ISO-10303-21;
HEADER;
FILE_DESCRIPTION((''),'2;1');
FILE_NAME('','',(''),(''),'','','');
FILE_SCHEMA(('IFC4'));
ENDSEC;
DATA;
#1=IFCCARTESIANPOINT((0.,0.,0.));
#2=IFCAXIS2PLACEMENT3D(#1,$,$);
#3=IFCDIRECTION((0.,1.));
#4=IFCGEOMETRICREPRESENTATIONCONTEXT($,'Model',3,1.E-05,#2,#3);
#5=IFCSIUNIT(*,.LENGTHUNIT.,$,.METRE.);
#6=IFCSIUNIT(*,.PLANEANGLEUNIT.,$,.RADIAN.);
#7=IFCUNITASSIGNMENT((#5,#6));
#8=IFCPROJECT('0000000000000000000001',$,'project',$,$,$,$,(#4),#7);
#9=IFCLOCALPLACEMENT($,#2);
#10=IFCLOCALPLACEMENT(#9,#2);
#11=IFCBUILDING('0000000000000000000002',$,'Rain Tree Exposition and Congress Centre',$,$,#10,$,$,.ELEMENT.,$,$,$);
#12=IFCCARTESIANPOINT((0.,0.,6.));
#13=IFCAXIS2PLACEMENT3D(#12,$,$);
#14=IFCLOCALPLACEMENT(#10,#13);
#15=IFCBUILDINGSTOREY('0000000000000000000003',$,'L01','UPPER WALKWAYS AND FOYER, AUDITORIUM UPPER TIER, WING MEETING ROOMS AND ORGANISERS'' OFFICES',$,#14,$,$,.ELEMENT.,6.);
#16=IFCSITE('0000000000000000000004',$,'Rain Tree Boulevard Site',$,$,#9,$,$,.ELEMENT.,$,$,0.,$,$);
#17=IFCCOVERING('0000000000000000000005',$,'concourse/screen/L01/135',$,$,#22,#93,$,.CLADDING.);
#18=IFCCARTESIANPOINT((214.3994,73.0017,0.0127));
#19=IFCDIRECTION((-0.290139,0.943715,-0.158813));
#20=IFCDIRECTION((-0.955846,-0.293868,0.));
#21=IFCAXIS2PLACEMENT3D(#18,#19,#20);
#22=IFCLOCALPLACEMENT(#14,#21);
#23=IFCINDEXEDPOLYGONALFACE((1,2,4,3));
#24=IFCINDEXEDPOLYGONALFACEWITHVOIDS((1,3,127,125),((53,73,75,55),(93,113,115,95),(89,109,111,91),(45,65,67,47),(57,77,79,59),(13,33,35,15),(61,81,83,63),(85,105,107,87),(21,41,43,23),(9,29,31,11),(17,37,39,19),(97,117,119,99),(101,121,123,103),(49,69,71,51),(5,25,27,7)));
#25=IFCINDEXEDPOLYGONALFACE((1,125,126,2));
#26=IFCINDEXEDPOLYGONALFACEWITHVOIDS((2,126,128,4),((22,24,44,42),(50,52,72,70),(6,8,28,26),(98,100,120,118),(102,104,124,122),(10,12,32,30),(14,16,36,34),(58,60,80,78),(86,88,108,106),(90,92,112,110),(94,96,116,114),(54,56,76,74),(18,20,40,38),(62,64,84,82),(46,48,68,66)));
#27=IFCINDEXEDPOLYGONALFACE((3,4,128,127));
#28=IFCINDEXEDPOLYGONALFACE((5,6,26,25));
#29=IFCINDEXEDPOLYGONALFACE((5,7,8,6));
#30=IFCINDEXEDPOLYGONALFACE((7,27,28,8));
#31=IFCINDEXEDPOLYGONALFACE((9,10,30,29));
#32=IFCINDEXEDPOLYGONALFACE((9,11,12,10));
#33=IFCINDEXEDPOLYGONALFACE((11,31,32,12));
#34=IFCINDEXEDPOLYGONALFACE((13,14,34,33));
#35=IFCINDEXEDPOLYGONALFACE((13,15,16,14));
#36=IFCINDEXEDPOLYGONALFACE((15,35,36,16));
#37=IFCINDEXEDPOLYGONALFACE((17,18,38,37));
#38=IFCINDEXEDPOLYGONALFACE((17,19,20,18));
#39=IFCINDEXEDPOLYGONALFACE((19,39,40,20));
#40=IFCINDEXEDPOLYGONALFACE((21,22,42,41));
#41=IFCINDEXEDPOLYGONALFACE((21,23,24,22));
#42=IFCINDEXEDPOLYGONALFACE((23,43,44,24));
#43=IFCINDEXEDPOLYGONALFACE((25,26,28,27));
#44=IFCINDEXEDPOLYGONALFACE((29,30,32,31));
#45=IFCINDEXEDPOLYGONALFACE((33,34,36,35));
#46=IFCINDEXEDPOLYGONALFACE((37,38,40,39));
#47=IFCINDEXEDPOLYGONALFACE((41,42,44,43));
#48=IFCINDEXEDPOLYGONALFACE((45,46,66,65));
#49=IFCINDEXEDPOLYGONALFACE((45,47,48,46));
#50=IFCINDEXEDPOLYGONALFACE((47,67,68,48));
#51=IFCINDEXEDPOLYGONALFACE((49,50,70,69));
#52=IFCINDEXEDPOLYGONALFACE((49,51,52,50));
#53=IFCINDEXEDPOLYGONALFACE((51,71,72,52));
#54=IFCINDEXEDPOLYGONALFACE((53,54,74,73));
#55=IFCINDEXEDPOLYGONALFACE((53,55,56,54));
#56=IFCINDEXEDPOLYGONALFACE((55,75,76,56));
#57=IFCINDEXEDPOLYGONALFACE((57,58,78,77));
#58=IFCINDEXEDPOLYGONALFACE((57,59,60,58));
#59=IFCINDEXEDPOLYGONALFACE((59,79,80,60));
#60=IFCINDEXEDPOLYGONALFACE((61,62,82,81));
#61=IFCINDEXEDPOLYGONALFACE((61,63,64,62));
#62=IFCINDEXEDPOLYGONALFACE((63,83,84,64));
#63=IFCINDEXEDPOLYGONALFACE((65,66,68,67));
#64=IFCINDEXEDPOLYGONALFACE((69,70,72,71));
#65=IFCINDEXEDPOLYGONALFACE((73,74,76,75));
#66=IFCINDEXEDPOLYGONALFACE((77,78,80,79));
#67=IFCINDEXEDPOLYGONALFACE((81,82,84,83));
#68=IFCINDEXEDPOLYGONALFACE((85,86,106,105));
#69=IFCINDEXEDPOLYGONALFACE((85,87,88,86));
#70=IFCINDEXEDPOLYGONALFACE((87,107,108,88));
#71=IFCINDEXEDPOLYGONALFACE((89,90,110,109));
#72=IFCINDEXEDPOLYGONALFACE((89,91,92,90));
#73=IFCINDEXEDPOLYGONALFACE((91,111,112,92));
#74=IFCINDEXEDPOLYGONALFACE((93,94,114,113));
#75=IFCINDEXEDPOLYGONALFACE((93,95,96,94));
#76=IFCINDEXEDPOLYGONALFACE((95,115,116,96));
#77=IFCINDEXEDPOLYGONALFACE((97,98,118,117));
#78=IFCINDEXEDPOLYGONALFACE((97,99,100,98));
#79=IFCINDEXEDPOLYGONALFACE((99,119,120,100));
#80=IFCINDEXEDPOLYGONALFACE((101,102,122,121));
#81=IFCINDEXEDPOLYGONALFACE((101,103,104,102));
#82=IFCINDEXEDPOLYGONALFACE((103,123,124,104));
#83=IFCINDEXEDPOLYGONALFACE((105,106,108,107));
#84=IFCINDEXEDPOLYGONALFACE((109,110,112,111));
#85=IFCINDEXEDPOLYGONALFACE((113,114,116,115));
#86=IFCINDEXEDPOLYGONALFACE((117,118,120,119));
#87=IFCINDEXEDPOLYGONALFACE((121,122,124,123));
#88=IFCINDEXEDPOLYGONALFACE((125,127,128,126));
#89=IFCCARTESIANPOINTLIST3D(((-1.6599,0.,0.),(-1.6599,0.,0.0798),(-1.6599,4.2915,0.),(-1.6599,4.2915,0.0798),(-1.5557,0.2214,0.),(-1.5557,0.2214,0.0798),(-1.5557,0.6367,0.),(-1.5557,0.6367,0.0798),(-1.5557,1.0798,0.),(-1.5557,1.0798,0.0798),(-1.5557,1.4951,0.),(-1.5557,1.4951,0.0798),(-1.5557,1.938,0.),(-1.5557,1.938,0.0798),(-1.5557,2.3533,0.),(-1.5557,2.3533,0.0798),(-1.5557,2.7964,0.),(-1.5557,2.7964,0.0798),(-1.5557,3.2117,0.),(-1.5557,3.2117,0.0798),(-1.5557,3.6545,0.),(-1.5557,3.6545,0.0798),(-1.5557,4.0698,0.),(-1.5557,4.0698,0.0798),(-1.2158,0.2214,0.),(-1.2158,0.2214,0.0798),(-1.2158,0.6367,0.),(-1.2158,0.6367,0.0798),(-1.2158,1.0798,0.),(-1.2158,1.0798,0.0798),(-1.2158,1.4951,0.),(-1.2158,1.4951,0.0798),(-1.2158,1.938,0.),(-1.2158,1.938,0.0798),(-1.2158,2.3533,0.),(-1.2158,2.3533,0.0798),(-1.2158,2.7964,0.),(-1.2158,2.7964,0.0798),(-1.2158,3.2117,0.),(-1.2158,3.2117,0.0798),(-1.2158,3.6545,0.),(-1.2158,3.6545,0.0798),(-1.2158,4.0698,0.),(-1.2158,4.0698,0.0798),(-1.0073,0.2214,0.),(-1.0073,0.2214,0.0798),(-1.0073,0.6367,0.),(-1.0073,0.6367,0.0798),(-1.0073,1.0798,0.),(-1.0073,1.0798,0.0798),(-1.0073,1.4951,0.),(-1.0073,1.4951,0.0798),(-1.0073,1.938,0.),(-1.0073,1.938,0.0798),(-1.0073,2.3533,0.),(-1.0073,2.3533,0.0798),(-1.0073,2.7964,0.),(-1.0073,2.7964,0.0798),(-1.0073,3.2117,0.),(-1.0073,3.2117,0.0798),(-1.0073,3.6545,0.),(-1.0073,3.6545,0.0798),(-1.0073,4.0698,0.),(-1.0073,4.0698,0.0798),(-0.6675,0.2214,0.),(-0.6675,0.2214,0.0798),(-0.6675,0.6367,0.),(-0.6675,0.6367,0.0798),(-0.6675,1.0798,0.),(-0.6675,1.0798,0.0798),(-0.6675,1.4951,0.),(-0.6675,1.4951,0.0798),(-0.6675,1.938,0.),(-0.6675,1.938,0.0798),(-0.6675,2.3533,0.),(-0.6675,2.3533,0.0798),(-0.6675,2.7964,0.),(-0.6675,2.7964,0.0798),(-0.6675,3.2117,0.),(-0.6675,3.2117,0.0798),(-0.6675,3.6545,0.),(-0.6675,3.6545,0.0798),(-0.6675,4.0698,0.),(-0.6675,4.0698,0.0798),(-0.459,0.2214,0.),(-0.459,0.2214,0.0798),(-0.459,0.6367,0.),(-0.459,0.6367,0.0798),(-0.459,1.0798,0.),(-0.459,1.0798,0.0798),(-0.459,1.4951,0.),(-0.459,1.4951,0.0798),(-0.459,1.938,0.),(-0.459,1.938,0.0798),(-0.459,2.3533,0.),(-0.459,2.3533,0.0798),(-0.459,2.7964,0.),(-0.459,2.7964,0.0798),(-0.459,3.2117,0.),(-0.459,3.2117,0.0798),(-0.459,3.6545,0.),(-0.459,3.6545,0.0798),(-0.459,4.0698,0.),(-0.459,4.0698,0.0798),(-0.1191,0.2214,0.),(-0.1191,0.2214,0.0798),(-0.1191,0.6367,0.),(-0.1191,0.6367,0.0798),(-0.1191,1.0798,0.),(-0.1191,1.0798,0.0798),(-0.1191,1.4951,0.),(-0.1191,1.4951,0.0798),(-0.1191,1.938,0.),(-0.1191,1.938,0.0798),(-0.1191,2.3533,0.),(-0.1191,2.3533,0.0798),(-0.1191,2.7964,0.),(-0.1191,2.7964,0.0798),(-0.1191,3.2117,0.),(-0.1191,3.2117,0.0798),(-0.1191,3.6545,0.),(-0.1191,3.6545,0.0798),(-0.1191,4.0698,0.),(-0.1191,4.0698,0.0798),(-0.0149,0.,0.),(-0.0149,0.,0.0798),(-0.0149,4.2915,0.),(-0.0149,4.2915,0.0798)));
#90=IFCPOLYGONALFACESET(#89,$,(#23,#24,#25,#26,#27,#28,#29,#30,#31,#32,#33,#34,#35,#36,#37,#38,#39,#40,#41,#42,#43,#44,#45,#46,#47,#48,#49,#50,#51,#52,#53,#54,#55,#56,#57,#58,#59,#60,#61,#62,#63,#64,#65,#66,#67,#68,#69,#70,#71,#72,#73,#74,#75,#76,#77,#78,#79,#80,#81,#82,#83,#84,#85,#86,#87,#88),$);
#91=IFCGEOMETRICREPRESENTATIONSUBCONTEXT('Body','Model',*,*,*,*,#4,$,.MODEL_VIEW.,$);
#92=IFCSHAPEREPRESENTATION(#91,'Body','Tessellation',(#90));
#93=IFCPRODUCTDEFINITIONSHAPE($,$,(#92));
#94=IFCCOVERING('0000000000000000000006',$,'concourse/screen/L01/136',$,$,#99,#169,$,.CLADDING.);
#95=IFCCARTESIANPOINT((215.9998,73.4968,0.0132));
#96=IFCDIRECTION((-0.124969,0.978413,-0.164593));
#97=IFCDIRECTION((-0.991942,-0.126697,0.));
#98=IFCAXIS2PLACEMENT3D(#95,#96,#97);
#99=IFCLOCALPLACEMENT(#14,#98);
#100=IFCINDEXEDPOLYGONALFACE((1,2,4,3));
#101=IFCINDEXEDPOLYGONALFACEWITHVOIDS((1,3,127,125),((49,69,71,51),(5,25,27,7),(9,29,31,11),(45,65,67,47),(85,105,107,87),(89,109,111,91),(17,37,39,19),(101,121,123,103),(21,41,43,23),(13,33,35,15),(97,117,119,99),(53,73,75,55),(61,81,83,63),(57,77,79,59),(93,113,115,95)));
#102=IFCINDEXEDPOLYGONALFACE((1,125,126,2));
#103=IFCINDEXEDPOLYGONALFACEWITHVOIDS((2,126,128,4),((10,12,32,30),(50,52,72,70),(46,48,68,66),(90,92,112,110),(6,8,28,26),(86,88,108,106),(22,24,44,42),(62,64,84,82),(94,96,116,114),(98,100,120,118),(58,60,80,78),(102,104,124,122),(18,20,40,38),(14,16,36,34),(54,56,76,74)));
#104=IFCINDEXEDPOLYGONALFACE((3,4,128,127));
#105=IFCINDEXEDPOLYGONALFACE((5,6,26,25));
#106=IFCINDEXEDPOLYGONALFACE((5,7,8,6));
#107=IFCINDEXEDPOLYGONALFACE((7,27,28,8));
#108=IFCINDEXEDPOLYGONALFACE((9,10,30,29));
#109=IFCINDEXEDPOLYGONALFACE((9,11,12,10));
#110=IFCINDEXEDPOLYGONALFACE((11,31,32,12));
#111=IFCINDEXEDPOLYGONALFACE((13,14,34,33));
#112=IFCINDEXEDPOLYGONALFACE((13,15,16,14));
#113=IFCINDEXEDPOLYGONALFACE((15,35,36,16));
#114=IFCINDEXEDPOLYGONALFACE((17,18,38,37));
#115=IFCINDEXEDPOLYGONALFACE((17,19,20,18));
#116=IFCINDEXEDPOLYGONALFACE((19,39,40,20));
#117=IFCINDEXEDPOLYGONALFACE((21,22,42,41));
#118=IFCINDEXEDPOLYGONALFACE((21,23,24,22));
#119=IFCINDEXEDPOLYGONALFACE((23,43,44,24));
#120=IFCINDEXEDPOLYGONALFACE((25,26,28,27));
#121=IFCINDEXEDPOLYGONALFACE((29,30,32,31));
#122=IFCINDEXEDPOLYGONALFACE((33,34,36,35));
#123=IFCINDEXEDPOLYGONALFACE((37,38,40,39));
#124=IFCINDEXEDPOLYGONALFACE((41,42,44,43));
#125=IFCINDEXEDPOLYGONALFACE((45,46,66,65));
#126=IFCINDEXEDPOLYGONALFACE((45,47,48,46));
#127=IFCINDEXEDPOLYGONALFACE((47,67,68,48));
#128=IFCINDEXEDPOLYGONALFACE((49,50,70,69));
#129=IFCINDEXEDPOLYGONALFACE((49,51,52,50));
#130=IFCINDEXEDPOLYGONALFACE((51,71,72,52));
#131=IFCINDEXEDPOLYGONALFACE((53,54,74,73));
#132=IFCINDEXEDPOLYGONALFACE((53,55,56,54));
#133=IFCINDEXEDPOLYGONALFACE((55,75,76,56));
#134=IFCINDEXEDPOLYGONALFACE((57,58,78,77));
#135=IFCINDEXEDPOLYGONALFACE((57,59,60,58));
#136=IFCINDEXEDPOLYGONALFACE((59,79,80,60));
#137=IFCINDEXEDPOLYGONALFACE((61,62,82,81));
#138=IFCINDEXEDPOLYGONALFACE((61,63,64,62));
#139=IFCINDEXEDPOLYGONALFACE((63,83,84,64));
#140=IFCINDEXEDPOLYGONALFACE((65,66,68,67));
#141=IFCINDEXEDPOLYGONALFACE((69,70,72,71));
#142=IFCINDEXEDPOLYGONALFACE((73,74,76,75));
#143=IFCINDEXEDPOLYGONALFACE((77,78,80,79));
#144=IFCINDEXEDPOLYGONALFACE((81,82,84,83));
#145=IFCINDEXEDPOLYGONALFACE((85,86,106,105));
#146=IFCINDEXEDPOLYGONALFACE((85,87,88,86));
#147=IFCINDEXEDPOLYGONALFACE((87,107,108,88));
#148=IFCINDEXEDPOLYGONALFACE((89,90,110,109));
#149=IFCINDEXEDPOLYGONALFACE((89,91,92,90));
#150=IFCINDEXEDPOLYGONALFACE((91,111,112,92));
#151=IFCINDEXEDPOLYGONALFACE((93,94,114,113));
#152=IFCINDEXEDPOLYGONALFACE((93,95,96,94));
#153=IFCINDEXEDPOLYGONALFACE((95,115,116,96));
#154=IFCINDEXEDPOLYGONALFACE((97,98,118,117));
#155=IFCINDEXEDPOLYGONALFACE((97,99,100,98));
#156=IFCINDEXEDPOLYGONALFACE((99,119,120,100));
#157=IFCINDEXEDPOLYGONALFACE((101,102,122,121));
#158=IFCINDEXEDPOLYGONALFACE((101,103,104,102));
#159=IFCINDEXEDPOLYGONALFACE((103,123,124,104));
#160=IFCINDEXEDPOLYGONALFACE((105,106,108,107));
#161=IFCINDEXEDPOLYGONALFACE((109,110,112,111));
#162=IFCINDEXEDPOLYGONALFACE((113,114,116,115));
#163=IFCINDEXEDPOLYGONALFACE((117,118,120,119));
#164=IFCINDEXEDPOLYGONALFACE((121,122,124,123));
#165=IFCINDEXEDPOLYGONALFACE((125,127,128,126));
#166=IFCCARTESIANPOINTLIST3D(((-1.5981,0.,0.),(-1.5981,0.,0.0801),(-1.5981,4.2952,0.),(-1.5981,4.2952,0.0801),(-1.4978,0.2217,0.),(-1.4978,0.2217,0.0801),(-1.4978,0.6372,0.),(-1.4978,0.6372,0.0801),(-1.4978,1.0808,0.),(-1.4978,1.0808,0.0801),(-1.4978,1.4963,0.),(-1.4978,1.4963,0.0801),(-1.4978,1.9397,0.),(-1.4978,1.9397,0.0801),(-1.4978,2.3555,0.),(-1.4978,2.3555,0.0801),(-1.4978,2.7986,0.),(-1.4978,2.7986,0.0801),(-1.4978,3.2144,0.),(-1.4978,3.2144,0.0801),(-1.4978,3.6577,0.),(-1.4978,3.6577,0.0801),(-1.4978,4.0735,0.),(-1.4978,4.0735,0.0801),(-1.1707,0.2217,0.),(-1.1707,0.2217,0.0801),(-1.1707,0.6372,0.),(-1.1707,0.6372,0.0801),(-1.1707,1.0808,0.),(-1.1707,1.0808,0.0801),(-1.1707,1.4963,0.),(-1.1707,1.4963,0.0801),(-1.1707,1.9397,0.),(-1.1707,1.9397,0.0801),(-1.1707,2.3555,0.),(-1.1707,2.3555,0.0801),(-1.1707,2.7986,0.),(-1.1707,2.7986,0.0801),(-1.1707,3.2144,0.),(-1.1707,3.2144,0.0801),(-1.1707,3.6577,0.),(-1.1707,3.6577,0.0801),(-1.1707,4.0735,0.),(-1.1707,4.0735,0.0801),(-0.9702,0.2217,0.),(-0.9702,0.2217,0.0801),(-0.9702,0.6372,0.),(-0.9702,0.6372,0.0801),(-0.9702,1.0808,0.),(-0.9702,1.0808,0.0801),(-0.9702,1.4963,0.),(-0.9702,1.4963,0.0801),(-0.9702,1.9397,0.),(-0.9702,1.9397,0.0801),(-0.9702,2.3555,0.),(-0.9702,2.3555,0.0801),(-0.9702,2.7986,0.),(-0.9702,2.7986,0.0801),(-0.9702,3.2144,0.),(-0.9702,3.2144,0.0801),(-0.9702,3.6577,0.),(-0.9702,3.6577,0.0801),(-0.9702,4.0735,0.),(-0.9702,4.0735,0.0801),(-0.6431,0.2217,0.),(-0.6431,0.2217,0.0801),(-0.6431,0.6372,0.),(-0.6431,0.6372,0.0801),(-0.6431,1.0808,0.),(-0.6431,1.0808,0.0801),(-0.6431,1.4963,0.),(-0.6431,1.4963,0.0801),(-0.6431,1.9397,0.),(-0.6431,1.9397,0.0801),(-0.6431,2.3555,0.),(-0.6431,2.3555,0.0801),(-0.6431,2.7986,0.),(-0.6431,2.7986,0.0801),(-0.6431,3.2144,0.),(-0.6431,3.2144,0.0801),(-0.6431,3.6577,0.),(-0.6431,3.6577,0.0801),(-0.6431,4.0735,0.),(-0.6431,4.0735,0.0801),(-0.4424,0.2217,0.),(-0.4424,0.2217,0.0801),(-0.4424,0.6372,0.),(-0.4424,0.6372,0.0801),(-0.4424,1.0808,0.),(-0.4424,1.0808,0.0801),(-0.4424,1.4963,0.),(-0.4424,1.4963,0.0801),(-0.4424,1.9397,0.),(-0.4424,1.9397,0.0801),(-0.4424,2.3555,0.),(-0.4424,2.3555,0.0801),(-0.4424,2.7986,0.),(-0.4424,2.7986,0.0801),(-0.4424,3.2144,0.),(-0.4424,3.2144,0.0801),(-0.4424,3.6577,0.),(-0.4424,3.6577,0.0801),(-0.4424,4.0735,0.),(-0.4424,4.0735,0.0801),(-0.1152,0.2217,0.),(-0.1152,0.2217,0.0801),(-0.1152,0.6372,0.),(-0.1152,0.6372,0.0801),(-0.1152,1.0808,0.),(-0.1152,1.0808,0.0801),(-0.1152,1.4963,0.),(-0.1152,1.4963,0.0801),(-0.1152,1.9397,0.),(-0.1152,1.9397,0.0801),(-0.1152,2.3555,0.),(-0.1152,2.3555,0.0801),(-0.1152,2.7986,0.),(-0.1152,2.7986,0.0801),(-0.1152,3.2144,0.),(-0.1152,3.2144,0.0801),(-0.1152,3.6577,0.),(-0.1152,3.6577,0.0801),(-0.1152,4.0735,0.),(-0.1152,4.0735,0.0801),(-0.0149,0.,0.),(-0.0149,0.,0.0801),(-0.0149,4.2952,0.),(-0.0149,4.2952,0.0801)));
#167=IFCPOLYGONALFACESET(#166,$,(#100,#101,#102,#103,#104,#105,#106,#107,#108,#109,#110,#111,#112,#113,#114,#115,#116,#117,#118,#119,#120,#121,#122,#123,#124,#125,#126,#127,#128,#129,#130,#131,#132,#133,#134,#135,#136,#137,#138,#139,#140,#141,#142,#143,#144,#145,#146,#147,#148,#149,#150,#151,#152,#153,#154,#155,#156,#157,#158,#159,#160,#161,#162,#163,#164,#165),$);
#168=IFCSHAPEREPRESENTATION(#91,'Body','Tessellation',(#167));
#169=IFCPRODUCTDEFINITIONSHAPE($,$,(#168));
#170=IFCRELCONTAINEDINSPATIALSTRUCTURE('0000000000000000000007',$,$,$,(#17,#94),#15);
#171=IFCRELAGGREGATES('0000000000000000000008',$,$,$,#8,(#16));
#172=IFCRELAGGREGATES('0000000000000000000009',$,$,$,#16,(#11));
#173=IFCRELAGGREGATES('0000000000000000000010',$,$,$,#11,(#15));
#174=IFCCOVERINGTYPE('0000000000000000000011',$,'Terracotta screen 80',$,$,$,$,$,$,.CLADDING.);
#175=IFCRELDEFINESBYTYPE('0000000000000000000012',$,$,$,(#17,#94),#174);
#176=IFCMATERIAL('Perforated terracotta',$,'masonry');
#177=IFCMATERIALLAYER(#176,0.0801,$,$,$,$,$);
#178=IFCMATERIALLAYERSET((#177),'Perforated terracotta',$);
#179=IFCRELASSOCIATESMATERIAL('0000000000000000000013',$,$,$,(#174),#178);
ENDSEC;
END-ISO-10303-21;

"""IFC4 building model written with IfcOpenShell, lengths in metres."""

from ifc_helpers import new_model, si_unit, direction, frame, origin, place, context, subcontext, project, spatial, polyline, outline, extrude, material, layer, layer_set, type_object, element, save


model = new_model("IFC4")

# Units and contexts
model_context = context("Model", 3, precision=1e-05, world=origin(), true_north=direction((0.0, 1.0)))
body_context = subcontext(model_context, "Body", "Model", "MODEL_VIEW")
ifc_project = project(units=[si_unit("LENGTHUNIT", "METRE"), si_unit("PLANEANGLEUNIT", "RADIAN")], contexts=[model_context])

# Site, building, storey
site_placement = place(None, origin())
site = spatial("IfcSite", under=ifc_project, at=site_placement, Name="Rain Tree Boulevard Site", CompositionType="ELEMENT", RefElevation=0.0)
building_placement = place(site_placement, origin())
building = spatial("IfcBuilding", under=site, at=building_placement, Name="Rain Tree Exposition and Congress Centre", CompositionType="ELEMENT")
storey_placement = place(building_placement, frame((0.0, 0.0, 6.0)))
storey = spatial("IfcBuildingStorey", under=building, at=storey_placement, Name="L01", Description="UPPER WALKWAYS AND FOYER, AUDITORIUM UPPER TIER, WING MEETING ROOMS AND ORGANISERS' OFFICES", CompositionType="ELEMENT", Elevation=6.0)

# Coverings
ifc_material_1 = material(Name="Perforated terracotta", Category="masonry")
ifc_layer_1 = layer(ifc_material_1, 0.0801)
ifc_layer_set_1 = layer_set([ifc_layer_1], Name="Perforated terracotta")
covering_type = type_object("IfcCoveringType", Name="Terracotta screen 80", PredefinedType="CLADDING", material=ifc_layer_set_1)
covering_1_placement = place(storey_placement, frame((214.3994, 73.0017, 0.0127), z_axis=(-0.290139, 0.943715, -0.158813), x_axis=(-0.955846, -0.293868, 0.0)))
element("IfcCovering", 1, at=covering_1_placement, inside=storey, type_object=covering_type, Name="concourse/screen/L01/135", PredefinedType="CLADDING", context=body_context, shape_type="SweptSolid", body=[
    extrude(outline(polyline([(-1.6599, 0.0), (-1.6599, 4.2915), (-0.0149, 4.2915), (-0.0149, 0.0), (-1.6599, 0.0)]), holes=[polyline([(-0.1191, 0.2214), (-0.1191, 0.6367), (-0.459, 0.6367), (-0.459, 0.2214), (-0.1191, 0.2214)]), polyline([(-0.1191, 1.0798), (-0.1191, 1.4951), (-0.459, 1.4951), (-0.459, 1.0798), (-0.1191, 1.0798)]), polyline([(-0.1191, 1.938), (-0.1191, 2.3533), (-0.459, 2.3533), (-0.459, 1.938), (-0.1191, 1.938)]), polyline([(-0.1191, 2.7964), (-0.1191, 3.2117), (-0.459, 3.2117), (-0.459, 2.7964), (-0.1191, 2.7964)]), polyline([(-0.1191, 3.6545), (-0.1191, 4.0698), (-0.459, 4.0698), (-0.459, 3.6545), (-0.1191, 3.6545)]), polyline([(-0.6675, 0.2214), (-0.6675, 0.6367), (-1.0073, 0.6367), (-1.0073, 0.2214), (-0.6675, 0.2214)]), polyline([(-0.6675, 1.0798), (-0.6675, 1.4951), (-1.0073, 1.4951), (-1.0073, 1.0798), (-0.6675, 1.0798)]), polyline([(-0.6675, 1.938), (-0.6675, 2.3533), (-1.0073, 2.3533), (-1.0073, 1.938), (-0.6675, 1.938)]), polyline([(-0.6675, 2.7964), (-0.6675, 3.2117), (-1.0073, 3.2117), (-1.0073, 2.7964), (-0.6675, 2.7964)]), polyline([(-0.6675, 3.6545), (-0.6675, 4.0698), (-1.0073, 4.0698), (-1.0073, 3.6545), (-0.6675, 3.6545)]), polyline([(-1.2158, 0.2214), (-1.2158, 0.6367), (-1.5557, 0.6367), (-1.5557, 0.2214), (-1.2158, 0.2214)]), polyline([(-1.2158, 1.0798), (-1.2158, 1.4951), (-1.5557, 1.4951), (-1.5557, 1.0798), (-1.2158, 1.0798)]), polyline([(-1.2158, 1.938), (-1.2158, 2.3533), (-1.5557, 2.3533), (-1.5557, 1.938), (-1.2158, 1.938)]), polyline([(-1.2158, 2.7964), (-1.2158, 3.2117), (-1.5557, 3.2117), (-1.5557, 2.7964), (-1.2158, 2.7964)]), polyline([(-1.2158, 3.6545), (-1.2158, 4.0698), (-1.5557, 4.0698), (-1.5557, 3.6545), (-1.2158, 3.6545)])]), origin(), (0.0, 0.0, 1.0), 0.0798),
])
covering_2_placement = place(storey_placement, frame((215.9998, 73.4968, 0.0132), z_axis=(-0.124969, 0.978413, -0.164593), x_axis=(-0.991942, -0.126697, 0.0)))
element("IfcCovering", 2, at=covering_2_placement, inside=storey, type_object=covering_type, Name="concourse/screen/L01/136", PredefinedType="CLADDING", context=body_context, shape_type="SweptSolid", body=[
    extrude(outline(polyline([(-1.5981, 0.0), (-1.5981, 4.2952), (-0.0149, 4.2952), (-0.0149, 0.0), (-1.5981, 0.0)]), holes=[polyline([(-0.1152, 0.2217), (-0.1152, 0.6372), (-0.4424, 0.6372), (-0.4424, 0.2217), (-0.1152, 0.2217)]), polyline([(-0.1152, 1.0808), (-0.1152, 1.4963), (-0.4424, 1.4963), (-0.4424, 1.0808), (-0.1152, 1.0808)]), polyline([(-0.1152, 1.9397), (-0.1152, 2.3555), (-0.4424, 2.3555), (-0.4424, 1.9397), (-0.1152, 1.9397)]), polyline([(-0.1152, 2.7986), (-0.1152, 3.2144), (-0.4424, 3.2144), (-0.4424, 2.7986), (-0.1152, 2.7986)]), polyline([(-0.1152, 3.6577), (-0.1152, 4.0735), (-0.4424, 4.0735), (-0.4424, 3.6577), (-0.1152, 3.6577)]), polyline([(-0.6431, 0.2217), (-0.6431, 0.6372), (-0.9702, 0.6372), (-0.9702, 0.2217), (-0.6431, 0.2217)]), polyline([(-0.6431, 1.0808), (-0.6431, 1.4963), (-0.9702, 1.4963), (-0.9702, 1.0808), (-0.6431, 1.0808)]), polyline([(-0.6431, 1.9397), (-0.6431, 2.3555), (-0.9702, 2.3555), (-0.9702, 1.9397), (-0.6431, 1.9397)]), polyline([(-0.6431, 2.7986), (-0.6431, 3.2144), (-0.9702, 3.2144), (-0.9702, 2.7986), (-0.6431, 2.7986)]), polyline([(-0.6431, 3.6577), (-0.6431, 4.0735), (-0.9702, 4.0735), (-0.9702, 3.6577), (-0.6431, 3.6577)]), polyline([(-1.1707, 0.2217), (-1.1707, 0.6372), (-1.4978, 0.6372), (-1.4978, 0.2217), (-1.1707, 0.2217)]), polyline([(-1.1707, 1.0808), (-1.1707, 1.4963), (-1.4978, 1.4963), (-1.4978, 1.0808), (-1.1707, 1.0808)]), polyline([(-1.1707, 1.9397), (-1.1707, 2.3555), (-1.4978, 2.3555), (-1.4978, 1.9397), (-1.1707, 1.9397)]), polyline([(-1.1707, 2.7986), (-1.1707, 3.2144), (-1.4978, 3.2144), (-1.4978, 2.7986), (-1.1707, 2.7986)]), polyline([(-1.1707, 3.6577), (-1.1707, 4.0735), (-1.4978, 4.0735), (-1.4978, 3.6577), (-1.1707, 3.6577)])]), origin(), (0.0, 0.0, 1.0), 0.0801),
])

save(model, "model.ifc")
